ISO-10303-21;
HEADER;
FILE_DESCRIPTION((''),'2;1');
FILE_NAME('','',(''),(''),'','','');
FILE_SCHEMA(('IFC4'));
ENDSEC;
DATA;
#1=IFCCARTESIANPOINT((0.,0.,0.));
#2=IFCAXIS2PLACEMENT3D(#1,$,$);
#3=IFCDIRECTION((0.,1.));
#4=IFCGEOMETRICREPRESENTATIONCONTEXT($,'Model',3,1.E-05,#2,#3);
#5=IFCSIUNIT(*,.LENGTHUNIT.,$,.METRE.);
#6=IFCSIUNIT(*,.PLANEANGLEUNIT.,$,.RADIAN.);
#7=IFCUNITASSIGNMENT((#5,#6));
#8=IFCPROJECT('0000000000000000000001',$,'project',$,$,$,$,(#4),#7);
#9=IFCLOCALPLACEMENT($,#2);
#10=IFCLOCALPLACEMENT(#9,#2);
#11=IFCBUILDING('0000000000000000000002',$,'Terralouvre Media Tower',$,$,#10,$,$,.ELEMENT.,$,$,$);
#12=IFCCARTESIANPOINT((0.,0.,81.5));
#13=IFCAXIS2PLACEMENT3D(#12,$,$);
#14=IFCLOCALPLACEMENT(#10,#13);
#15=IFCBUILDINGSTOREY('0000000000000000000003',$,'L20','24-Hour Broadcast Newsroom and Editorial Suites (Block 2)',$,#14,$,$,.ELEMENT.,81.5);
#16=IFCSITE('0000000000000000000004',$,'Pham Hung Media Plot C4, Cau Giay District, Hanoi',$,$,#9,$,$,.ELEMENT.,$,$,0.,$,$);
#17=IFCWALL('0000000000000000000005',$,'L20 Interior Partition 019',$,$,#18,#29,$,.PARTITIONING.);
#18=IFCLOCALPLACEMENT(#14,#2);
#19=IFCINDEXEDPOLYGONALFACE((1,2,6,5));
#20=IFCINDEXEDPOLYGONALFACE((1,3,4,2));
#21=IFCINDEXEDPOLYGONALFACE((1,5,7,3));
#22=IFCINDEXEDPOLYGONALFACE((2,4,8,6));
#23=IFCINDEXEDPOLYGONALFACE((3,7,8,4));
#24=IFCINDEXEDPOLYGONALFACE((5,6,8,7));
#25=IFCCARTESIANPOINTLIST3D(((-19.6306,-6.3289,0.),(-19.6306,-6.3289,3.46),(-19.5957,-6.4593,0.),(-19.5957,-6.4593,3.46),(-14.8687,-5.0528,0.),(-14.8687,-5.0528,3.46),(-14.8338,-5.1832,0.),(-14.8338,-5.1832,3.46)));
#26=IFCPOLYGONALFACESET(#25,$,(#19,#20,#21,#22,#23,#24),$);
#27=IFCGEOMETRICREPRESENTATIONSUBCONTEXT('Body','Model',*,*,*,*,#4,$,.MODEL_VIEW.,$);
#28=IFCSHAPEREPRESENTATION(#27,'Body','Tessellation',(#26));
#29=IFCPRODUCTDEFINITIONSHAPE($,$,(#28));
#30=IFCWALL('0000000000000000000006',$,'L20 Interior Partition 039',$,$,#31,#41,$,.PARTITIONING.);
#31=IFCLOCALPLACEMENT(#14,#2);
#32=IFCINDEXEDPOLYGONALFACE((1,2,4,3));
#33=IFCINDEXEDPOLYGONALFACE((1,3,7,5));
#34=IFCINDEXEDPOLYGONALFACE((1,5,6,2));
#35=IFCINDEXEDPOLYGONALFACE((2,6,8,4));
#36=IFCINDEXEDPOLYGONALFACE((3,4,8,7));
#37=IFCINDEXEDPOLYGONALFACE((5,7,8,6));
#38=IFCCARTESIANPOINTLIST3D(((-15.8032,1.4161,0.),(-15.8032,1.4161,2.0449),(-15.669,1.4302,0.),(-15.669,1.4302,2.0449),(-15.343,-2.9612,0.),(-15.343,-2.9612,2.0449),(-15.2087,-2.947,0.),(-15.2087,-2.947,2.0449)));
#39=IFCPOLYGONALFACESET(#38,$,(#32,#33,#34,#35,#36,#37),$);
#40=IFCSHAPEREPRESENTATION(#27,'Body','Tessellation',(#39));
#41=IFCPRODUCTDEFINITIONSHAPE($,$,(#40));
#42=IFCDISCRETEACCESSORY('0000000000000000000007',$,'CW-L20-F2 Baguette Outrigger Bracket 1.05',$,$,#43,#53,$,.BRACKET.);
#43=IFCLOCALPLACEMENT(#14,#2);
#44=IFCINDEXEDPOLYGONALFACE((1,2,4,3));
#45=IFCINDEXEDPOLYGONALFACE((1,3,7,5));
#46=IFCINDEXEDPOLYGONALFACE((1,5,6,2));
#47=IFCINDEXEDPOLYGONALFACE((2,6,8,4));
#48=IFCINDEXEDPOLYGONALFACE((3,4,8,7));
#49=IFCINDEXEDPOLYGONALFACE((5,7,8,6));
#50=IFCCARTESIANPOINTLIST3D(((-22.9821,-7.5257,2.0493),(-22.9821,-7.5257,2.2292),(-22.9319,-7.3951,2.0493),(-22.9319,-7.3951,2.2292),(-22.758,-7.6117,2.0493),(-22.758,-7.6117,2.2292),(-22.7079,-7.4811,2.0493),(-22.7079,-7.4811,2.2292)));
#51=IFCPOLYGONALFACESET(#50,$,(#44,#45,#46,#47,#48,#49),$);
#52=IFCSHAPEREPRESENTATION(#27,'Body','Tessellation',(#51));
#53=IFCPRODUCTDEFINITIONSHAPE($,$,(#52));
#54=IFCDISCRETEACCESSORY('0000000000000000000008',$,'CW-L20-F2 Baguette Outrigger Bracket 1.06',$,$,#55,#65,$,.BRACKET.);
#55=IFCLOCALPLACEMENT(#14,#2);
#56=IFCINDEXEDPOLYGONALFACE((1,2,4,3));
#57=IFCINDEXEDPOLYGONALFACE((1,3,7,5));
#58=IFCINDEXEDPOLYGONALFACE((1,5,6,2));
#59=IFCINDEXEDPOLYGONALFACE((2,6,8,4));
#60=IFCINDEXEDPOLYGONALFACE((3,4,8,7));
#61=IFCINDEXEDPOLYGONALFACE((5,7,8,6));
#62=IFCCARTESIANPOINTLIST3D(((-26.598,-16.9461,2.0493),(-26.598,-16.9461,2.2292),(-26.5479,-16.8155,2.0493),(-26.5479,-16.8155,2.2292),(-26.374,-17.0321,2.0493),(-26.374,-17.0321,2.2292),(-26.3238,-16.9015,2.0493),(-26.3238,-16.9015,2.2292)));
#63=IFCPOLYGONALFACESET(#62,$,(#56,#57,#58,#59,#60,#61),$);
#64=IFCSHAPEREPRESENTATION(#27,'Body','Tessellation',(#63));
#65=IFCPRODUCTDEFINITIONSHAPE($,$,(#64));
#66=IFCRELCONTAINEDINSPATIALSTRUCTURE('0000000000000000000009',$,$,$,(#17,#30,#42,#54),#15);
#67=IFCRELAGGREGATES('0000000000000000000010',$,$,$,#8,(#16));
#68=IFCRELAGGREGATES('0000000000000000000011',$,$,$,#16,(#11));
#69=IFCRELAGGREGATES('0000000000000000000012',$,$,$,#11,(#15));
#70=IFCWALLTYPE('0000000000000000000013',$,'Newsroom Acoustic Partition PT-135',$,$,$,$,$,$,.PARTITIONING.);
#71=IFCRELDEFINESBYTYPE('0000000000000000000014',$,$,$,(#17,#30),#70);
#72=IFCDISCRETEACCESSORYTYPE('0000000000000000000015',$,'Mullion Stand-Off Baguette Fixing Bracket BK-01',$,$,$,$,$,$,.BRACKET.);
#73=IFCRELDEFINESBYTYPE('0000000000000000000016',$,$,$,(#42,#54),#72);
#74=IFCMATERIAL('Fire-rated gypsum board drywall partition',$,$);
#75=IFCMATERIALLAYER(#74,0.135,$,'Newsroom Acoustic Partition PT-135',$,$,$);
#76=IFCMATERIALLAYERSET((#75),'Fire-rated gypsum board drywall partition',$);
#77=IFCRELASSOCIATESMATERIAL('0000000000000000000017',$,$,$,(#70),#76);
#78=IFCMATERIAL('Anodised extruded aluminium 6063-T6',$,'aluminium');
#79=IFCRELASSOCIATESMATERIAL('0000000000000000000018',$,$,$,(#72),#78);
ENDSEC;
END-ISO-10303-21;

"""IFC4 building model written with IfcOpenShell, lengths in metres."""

from ifc_helpers import new_model, si_unit, direction, frame, frame_2d, origin, origin_2d, place, context, subcontext, project, spatial, rectangle, extrude, material, layer, layer_set, type_object, element, save


model = new_model("IFC4")

# Units and contexts
model_context = context("Model", 3, precision=1e-05, world=origin(), true_north=direction((0.0, 1.0)))
body_context = subcontext(model_context, "Body", "Model", "MODEL_VIEW")
ifc_project = project(units=[si_unit("LENGTHUNIT", "METRE"), si_unit("PLANEANGLEUNIT", "RADIAN")], contexts=[model_context])

# Site, building, storey
site_placement = place(None, origin())
site = spatial("IfcSite", under=ifc_project, at=site_placement, Name="Pham Hung Media Plot C4, Cau Giay District, Hanoi", CompositionType="ELEMENT", RefElevation=0.0)
building_placement = place(site_placement, origin())
building = spatial("IfcBuilding", under=site, at=building_placement, Name="Terralouvre Media Tower", CompositionType="ELEMENT")
storey_placement = place(building_placement, frame((0.0, 0.0, 81.5)))
storey = spatial("IfcBuildingStorey", under=building, at=storey_placement, Name="L20", Description="24-Hour Broadcast Newsroom and Editorial Suites (Block 2)", CompositionType="ELEMENT", Elevation=81.5)

# Shared definitions
ifc_material_1 = material(Name="Fire-rated gypsum board drywall partition")
ifc_layer_1 = layer(ifc_material_1, 0.135, Name="Newsroom Acoustic Partition PT-135")
ifc_layer_set_1 = layer_set([ifc_layer_1], Name="Fire-rated gypsum board drywall partition")
wall_type_1 = type_object("IfcWallType", Name="Newsroom Acoustic Partition PT-135", PredefinedType="PARTITIONING", material=ifc_layer_set_1)

# Walls
wall_1_placement = place(storey_placement, frame((-19.613, -6.394, 0.0), z_axis=(0.0, 0.0, 1.0), x_axis=(0.965918, 0.258849, 0.0)))
element("IfcWall", 1, at=wall_1_placement, inside=storey, type_object=wall_type_1, Name="L20 Interior Partition 019", PredefinedType="PARTITIONING", context=body_context, shape_type="SweptSolid", body=[
    extrude(rectangle(XDim=4.9299, YDim=0.135, at=frame_2d((2.4648, 0.0))), origin(), (0.0, 0.0, 1.0), 3.46),
])
wall_2_placement = place(storey_placement, frame((-15.2759, -2.9541, 0.0), z_axis=(0.0, 0.0, 1.0), x_axis=(-0.104561, 0.994519, 0.0)))
element("IfcWall", 2, at=wall_2_placement, inside=storey, type_object=wall_type_1, Name="L20 Interior Partition 039", PredefinedType="PARTITIONING", context=body_context, shape_type="SweptSolid", body=[
    extrude(rectangle(XDim=4.4014, YDim=0.135, at=frame_2d((2.2007, 0.0))), origin(), (0.0, 0.0, 1.0), 2.0449),
])

# Discrete accessories
ifc_material_2 = material(Name="Anodised extruded aluminium 6063-T6", Category="aluminium")
discrete_accessory_type = type_object("IfcDiscreteAccessoryType", Name="Mullion Stand-Off Baguette Fixing Bracket BK-01", PredefinedType="BRACKET", material=ifc_material_2)
for number, where, z_axis, x_axis, name in (
    (3, (-22.845, -7.5034, 2.0493), (0.0, 0.0, 1.0), (-0.358368, -0.93358, 0.0), "CW-L20-F2 Baguette Outrigger Bracket 1.05"),
    (4, (-26.4609, -16.9238, 2.0493), (0.0, 0.0, 1.0), (-0.358368, -0.93358, 0.0), "CW-L20-F2 Baguette Outrigger Bracket 1.06"),
):
    element("IfcDiscreteAccessory", number, at=place(storey_placement, frame(where, z_axis=z_axis, x_axis=x_axis)), inside=storey, type_object=discrete_accessory_type, Name=name, PredefinedType="BRACKET", context=body_context, shape_type="SweptSolid", body=[
        extrude(rectangle(XDim=0.1399, YDim=0.24, at=origin_2d()), origin(), (0.0, 0.0, 1.0), 0.1799),
    ])

save(model, "model.ifc")
